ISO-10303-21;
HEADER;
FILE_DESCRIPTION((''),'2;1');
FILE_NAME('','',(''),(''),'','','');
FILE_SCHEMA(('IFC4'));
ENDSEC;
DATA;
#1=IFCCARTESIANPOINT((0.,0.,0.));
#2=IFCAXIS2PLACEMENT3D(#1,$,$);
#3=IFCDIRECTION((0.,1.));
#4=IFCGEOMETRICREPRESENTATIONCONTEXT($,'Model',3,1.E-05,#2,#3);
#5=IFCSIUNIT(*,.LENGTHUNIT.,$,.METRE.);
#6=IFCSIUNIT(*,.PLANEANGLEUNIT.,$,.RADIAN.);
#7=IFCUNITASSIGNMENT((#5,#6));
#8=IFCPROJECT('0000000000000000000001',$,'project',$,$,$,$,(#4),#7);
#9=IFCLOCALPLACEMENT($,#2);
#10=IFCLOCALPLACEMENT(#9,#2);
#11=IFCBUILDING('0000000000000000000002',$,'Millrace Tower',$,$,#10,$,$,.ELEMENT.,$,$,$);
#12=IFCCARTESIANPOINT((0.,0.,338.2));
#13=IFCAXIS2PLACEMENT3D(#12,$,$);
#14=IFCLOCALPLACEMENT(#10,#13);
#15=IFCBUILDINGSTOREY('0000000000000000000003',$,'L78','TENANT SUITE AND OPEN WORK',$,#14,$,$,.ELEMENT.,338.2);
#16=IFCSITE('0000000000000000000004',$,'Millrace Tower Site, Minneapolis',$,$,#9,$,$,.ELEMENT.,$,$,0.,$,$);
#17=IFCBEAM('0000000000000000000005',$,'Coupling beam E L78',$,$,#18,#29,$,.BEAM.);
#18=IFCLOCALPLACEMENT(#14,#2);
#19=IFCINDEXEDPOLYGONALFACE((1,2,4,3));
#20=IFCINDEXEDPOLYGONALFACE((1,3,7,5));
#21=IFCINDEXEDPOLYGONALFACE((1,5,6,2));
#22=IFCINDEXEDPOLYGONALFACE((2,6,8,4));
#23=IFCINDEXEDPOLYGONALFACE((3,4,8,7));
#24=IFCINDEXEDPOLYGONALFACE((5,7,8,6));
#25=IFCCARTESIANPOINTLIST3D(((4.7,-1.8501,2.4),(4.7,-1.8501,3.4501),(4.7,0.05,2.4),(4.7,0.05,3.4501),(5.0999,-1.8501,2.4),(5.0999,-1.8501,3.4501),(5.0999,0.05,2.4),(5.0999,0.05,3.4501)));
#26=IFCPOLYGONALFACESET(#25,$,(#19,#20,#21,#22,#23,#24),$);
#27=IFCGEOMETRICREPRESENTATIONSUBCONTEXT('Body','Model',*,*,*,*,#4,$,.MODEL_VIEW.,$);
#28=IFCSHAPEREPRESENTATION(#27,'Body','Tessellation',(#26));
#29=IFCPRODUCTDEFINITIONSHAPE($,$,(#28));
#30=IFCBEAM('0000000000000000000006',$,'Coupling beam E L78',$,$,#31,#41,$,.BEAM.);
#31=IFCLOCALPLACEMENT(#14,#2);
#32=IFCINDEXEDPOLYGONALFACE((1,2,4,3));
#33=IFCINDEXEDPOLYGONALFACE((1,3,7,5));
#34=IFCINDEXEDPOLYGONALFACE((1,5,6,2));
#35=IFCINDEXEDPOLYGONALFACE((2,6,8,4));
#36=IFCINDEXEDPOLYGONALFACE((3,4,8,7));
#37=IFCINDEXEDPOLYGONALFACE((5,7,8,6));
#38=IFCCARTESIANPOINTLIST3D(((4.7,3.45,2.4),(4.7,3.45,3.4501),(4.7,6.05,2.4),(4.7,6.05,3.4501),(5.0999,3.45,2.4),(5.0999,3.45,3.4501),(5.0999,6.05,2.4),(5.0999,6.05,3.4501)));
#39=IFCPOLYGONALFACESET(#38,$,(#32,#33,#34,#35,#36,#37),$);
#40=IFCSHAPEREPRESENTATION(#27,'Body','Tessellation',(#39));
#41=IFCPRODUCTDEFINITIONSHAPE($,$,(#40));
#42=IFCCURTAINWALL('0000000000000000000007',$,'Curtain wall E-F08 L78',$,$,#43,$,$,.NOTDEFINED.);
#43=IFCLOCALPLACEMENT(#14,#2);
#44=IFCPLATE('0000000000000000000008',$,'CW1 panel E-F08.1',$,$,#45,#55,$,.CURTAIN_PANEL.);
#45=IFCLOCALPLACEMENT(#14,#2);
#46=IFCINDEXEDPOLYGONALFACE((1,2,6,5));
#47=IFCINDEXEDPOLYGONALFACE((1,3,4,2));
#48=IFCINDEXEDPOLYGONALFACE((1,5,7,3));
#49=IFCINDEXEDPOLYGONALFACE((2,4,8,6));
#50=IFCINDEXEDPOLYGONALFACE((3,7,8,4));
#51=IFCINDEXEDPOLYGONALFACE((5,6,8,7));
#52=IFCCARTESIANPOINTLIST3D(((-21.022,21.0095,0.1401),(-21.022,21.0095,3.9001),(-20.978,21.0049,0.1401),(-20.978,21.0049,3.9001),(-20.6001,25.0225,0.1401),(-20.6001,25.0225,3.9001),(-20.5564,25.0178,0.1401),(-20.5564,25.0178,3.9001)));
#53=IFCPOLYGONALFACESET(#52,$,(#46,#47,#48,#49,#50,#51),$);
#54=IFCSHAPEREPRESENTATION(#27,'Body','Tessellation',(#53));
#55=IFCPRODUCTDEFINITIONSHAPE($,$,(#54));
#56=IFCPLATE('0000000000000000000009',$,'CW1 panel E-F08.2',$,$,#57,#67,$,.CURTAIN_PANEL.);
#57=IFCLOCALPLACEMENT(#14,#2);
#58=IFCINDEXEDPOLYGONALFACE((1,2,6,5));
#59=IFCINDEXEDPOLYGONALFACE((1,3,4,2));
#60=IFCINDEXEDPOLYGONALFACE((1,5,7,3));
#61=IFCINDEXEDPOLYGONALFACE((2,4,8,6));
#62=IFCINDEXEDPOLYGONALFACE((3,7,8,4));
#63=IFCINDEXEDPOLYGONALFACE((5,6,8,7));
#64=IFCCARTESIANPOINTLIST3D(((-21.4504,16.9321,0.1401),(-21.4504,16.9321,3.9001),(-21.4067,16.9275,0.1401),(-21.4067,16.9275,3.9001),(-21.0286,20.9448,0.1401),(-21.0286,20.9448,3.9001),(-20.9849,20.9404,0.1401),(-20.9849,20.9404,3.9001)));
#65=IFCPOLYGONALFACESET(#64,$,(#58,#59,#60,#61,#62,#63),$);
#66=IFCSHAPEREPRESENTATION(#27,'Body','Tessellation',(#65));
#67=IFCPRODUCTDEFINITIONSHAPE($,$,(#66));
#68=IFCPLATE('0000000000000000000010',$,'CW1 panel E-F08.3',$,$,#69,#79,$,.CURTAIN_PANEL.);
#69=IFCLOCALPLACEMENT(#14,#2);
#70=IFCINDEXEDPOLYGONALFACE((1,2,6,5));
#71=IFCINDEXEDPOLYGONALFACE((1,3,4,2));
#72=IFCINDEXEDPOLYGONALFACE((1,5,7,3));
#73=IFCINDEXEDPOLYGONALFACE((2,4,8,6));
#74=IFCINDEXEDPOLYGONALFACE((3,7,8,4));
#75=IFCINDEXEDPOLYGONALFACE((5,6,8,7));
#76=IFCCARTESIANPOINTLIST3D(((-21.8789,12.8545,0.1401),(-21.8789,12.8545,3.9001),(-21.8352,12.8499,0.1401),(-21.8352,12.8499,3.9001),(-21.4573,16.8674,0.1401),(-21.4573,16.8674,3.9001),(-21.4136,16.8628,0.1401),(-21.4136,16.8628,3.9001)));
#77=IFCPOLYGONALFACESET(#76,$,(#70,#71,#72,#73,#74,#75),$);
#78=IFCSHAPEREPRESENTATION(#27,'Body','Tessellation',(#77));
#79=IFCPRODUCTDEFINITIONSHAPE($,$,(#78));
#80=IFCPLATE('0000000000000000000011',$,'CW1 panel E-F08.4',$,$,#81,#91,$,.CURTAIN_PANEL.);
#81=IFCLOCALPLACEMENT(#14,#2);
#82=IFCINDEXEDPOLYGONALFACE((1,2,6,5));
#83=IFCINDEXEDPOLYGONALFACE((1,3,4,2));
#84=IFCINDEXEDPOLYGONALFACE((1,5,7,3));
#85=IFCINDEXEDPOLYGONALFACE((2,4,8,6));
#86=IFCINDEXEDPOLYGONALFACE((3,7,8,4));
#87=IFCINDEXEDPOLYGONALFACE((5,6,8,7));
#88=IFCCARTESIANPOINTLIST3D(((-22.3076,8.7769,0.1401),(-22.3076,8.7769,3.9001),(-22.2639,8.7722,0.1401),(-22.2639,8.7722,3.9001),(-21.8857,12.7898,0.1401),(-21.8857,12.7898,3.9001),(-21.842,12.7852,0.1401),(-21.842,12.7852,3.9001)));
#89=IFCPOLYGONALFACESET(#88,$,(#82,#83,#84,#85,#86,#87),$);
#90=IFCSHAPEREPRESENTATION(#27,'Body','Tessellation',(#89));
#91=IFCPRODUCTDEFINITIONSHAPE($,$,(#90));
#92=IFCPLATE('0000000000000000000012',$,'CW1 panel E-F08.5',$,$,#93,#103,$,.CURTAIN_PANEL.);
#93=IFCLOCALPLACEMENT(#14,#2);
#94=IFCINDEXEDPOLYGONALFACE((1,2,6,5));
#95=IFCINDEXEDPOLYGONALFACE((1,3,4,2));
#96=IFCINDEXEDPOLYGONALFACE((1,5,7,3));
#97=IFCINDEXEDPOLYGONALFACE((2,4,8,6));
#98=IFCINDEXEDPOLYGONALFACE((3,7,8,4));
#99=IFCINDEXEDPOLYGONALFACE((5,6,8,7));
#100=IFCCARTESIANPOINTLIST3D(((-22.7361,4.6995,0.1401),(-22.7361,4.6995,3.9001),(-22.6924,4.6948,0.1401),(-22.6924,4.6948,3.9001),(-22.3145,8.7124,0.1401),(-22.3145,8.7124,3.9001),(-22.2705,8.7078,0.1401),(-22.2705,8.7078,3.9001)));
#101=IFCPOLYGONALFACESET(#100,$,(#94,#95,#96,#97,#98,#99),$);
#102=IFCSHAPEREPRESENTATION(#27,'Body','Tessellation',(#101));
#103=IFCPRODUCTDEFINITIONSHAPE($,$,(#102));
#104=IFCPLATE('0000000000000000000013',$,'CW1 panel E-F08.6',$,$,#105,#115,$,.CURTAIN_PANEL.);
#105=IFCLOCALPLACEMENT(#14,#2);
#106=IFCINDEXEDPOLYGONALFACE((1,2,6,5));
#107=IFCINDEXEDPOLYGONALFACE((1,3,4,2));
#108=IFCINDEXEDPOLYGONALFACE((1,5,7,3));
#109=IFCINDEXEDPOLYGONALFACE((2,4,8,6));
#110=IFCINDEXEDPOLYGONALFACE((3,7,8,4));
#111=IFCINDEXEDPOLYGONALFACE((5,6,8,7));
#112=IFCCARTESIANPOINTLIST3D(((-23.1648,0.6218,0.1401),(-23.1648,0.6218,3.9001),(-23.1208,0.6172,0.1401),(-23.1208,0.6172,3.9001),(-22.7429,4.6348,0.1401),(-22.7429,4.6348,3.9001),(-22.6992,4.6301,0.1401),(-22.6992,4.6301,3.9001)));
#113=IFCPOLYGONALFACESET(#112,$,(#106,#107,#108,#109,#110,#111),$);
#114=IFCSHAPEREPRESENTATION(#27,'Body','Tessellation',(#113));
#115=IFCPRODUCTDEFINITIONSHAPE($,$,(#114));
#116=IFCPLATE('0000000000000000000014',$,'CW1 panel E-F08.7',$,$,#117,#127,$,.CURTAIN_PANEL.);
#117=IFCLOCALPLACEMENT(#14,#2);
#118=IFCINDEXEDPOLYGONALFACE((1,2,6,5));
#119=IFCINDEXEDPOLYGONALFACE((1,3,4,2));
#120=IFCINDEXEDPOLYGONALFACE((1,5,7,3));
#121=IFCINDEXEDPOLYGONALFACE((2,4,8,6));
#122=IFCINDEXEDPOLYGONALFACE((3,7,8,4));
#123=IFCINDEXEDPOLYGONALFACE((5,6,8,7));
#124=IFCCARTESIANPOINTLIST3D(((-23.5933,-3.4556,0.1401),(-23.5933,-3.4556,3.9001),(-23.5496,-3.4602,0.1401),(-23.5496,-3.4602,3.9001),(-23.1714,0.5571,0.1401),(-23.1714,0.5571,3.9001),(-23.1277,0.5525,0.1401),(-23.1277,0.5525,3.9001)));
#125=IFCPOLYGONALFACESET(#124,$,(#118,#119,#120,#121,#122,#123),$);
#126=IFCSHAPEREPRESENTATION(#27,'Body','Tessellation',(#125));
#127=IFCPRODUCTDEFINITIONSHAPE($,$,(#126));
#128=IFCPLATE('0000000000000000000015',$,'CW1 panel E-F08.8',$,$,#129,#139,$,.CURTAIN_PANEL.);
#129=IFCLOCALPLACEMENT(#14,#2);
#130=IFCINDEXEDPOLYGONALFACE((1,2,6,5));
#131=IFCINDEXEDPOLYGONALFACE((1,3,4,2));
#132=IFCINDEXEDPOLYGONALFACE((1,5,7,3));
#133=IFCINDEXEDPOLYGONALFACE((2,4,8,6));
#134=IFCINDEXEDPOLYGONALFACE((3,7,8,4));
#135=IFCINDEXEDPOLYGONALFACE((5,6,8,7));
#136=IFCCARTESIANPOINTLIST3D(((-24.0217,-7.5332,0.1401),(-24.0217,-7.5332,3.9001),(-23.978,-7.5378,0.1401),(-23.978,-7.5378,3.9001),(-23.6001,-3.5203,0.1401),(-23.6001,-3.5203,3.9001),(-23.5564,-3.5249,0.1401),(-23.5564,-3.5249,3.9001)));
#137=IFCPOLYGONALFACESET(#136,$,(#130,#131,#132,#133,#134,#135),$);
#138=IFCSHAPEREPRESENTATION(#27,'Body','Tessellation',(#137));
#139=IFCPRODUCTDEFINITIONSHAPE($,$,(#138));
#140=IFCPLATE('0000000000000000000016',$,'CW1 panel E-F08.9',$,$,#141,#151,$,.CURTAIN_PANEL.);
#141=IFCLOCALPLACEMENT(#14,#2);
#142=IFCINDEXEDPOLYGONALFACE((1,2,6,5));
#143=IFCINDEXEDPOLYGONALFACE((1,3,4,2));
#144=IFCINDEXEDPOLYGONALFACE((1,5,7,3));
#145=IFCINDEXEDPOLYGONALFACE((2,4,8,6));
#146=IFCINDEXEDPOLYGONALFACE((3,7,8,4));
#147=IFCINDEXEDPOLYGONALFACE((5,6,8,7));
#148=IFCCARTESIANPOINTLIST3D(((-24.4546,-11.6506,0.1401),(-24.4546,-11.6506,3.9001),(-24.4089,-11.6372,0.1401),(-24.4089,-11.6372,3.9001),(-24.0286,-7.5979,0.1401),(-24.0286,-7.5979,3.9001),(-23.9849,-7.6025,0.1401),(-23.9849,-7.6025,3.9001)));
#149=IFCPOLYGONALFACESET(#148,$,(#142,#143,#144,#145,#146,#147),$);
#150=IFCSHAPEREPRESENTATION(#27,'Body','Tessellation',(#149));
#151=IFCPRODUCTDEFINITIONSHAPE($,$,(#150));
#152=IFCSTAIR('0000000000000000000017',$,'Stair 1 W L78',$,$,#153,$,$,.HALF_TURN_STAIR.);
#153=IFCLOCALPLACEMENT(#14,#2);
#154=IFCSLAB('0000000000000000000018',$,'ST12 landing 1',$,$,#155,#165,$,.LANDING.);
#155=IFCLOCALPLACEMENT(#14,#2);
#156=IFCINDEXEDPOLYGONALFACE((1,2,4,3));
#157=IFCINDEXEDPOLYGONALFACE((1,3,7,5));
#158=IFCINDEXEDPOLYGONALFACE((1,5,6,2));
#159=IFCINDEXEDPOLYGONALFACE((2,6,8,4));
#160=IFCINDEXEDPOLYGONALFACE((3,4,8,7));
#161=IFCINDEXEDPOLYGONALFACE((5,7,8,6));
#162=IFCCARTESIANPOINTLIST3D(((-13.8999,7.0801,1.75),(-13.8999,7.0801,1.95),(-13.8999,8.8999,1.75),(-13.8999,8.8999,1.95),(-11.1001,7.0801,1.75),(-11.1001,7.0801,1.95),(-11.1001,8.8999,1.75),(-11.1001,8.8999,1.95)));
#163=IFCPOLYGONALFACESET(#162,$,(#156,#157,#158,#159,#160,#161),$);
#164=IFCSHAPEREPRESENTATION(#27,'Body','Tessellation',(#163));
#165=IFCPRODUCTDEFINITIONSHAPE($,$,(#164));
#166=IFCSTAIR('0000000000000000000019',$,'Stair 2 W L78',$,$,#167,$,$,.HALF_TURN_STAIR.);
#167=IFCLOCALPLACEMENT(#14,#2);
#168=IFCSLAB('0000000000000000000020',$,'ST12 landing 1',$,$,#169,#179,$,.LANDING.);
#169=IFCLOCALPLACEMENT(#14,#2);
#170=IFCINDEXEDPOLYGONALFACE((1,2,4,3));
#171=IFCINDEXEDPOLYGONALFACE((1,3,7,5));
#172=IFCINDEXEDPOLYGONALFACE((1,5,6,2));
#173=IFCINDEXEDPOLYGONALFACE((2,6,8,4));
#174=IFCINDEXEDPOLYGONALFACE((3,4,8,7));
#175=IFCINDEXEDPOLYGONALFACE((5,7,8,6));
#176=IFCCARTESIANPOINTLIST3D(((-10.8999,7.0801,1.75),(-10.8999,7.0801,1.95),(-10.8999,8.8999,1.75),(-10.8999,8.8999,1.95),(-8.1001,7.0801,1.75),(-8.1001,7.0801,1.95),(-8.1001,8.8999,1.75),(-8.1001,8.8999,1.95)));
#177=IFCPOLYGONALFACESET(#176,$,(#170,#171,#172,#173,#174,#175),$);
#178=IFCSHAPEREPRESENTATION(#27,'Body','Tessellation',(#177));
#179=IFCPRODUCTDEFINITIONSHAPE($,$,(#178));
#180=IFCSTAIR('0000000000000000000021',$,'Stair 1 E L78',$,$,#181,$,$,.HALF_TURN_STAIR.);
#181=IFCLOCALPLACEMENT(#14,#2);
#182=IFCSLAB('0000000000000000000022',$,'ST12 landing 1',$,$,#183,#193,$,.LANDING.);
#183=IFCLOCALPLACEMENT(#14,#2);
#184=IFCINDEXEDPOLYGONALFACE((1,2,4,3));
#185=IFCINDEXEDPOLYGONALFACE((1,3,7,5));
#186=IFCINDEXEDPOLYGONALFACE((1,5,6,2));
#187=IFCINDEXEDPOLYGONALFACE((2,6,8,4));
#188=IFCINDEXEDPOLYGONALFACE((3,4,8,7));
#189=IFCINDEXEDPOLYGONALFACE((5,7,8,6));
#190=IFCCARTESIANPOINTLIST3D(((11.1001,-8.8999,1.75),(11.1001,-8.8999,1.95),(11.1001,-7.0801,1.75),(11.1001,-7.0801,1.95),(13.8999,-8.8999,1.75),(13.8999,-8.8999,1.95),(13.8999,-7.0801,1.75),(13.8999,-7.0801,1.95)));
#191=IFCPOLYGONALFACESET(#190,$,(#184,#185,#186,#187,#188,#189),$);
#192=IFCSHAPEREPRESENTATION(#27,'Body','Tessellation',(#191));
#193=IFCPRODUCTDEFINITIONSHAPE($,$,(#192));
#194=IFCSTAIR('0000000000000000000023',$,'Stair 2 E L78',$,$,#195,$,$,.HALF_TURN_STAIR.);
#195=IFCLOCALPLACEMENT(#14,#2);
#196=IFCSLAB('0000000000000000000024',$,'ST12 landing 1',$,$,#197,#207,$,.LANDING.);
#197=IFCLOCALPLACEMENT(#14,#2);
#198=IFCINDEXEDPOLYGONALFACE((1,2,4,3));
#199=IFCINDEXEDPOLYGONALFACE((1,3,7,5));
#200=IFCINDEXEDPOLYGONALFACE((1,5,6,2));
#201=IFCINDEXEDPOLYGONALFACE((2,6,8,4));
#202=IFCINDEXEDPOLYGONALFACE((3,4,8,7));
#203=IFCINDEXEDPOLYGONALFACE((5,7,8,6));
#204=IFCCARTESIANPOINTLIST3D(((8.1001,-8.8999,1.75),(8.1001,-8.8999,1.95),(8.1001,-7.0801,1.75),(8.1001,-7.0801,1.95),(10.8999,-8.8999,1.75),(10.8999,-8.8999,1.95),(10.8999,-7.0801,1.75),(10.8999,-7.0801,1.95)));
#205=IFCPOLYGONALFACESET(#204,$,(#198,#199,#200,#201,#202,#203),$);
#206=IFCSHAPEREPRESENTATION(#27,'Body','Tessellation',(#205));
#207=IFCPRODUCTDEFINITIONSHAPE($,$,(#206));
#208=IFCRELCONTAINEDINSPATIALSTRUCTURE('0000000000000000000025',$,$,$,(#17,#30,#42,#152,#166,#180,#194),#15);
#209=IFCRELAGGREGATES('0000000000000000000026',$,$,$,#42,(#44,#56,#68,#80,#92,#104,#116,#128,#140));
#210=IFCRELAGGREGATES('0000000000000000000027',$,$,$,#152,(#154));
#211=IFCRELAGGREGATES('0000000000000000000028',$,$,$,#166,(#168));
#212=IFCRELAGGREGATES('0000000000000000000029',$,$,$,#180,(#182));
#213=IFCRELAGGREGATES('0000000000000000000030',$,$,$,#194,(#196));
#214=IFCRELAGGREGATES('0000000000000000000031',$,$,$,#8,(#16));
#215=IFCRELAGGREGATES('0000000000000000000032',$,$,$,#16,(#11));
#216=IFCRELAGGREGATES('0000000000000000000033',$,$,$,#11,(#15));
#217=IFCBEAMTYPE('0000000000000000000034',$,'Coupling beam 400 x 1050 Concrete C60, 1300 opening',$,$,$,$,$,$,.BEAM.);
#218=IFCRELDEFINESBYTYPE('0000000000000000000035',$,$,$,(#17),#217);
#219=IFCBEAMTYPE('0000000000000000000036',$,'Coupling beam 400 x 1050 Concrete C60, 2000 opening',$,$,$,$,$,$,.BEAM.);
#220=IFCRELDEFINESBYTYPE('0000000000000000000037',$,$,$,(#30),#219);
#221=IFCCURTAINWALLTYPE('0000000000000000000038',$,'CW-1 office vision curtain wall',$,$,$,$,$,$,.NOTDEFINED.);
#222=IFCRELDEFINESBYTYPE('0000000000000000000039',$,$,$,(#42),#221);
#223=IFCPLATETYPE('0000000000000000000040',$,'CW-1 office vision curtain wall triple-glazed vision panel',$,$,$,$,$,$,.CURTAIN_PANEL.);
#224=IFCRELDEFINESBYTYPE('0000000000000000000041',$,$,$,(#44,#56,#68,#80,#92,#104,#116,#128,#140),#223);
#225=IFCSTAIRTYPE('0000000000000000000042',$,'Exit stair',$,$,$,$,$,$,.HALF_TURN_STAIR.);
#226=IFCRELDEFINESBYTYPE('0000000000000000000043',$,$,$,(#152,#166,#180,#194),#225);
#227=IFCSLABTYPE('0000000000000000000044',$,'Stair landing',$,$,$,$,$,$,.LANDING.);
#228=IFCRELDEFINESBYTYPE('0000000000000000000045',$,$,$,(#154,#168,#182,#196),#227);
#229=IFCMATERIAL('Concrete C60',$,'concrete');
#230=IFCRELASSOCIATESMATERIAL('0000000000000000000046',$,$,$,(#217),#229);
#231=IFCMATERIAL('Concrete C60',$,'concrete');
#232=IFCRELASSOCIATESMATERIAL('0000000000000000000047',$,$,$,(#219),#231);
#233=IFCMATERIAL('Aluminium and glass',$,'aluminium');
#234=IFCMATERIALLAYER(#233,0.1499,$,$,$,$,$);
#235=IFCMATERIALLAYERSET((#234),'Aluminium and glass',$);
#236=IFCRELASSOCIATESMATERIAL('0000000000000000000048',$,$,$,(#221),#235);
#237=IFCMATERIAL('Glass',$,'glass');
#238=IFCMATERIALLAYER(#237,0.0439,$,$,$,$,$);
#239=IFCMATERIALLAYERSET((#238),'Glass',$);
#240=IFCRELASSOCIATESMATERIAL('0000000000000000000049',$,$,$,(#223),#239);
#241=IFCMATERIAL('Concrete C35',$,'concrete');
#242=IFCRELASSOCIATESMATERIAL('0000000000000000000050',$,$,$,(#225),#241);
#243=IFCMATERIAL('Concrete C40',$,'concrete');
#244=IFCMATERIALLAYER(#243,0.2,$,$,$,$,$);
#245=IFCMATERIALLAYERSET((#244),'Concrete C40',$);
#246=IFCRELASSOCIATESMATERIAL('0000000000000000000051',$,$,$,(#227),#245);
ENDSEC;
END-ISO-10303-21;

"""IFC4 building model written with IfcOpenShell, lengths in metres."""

from ifc_helpers import new_model, si_unit, direction, frame, origin, origin_2d, place, context, subcontext, project, spatial, polyline, rectangle, outline, extrude, material, layer, layer_set, material_profile, profile_set, type_object, element, aggregate, save


model = new_model("IFC4")

# Units and contexts
model_context = context("Model", 3, precision=1e-05, world=origin(), true_north=direction((0.0, 1.0)))
body_context = subcontext(model_context, "Body", "Model", "MODEL_VIEW")
ifc_project = project(units=[si_unit("LENGTHUNIT", "METRE"), si_unit("PLANEANGLEUNIT", "RADIAN")], contexts=[model_context])

# Site, building, storey
site_placement = place(None, origin())
site = spatial("IfcSite", under=ifc_project, at=site_placement, Name="Millrace Tower Site, Minneapolis", CompositionType="ELEMENT", RefElevation=0.0)
building_placement = place(site_placement, origin())
building = spatial("IfcBuilding", under=site, at=building_placement, Name="Millrace Tower", CompositionType="ELEMENT")
storey_placement = place(building_placement, frame((0.0, 0.0, 338.2)))
storey = spatial("IfcBuildingStorey", under=building, at=storey_placement, Name="L78", Description="TENANT SUITE AND OPEN WORK", CompositionType="ELEMENT", Elevation=338.2)

# Beams
ifc_material_1 = material(Name="Concrete C60", Category="concrete")
ifc_material_profile_1 = material_profile(ifc_material_1, rectangle(XDim=0.3999, YDim=1.05, at=origin_2d()))
ifc_profile_set_1 = profile_set([ifc_material_profile_1], Name="Concrete C60")
beam_type_1 = type_object("IfcBeamType", Name="Coupling beam 400 x 1050 Concrete C60, 1300 opening", PredefinedType="BEAM", material=ifc_profile_set_1)
beam_1_placement = place(storey_placement, frame((4.8999, 0.05, 2.925), z_axis=(0.0, -1.0, 0.0), x_axis=(1.0, 0.0, 0.0)))
element("IfcBeam", 1, at=beam_1_placement, inside=storey, type_object=beam_type_1, Name="Coupling beam E L78", PredefinedType="BEAM", context=body_context, shape_type="SweptSolid", body=[
    extrude(rectangle(XDim=0.3999, YDim=1.05, at=origin_2d()), origin(), (0.0, 0.0, 1.0), 1.9001),
])
ifc_material_2 = material(Name="Concrete C60", Category="concrete")
ifc_material_profile_2 = material_profile(ifc_material_2, rectangle(XDim=0.3999, YDim=1.05, at=origin_2d()))
ifc_profile_set_2 = profile_set([ifc_material_profile_2], Name="Concrete C60")
beam_type_2 = type_object("IfcBeamType", Name="Coupling beam 400 x 1050 Concrete C60, 2000 opening", PredefinedType="BEAM", material=ifc_profile_set_2)
beam_2_placement = place(storey_placement, frame((4.8999, 6.05, 2.925), z_axis=(0.0, -1.0, 0.0), x_axis=(1.0, 0.0, 0.0)))
element("IfcBeam", 2, at=beam_2_placement, inside=storey, type_object=beam_type_2, Name="Coupling beam E L78", PredefinedType="BEAM", context=body_context, shape_type="SweptSolid", body=[
    extrude(rectangle(XDim=0.3999, YDim=1.05, at=origin_2d()), origin(), (0.0, 0.0, 1.0), 2.6001),
])

# Curtain wall, plates
ifc_material_3 = material(Name="Aluminium and glass", Category="aluminium")
ifc_layer_1 = layer(ifc_material_3, 0.1499)
ifc_layer_set_1 = layer_set([ifc_layer_1], Name="Aluminium and glass")
curtain_wall_type = type_object("IfcCurtainWallType", Name="CW-1 office vision curtain wall", PredefinedType="NOTDEFINED", material=ifc_layer_set_1)
placement_1 = place(storey_placement, origin())
curtain_wall = element("IfcCurtainWall", 3, at=placement_1, inside=storey, type_object=curtain_wall_type, Name="Curtain wall E-F08 L78", PredefinedType="NOTDEFINED")
ifc_material_4 = material(Name="Glass", Category="glass")
ifc_layer_2 = layer(ifc_material_4, 0.0439)
ifc_layer_set_2 = layer_set([ifc_layer_2], Name="Glass")
plate_type = type_object("IfcPlateType", Name="CW-1 office vision curtain wall triple-glazed vision panel", PredefinedType="CURTAIN_PANEL", material=ifc_layer_set_2)
placement_2 = place(storey_placement, frame((0.0, 0.0, 0.1401)))
plate_1 = element("IfcPlate", 4, at=placement_2, type_object=plate_type, Name="CW1 panel E-F08.1", PredefinedType="CURTAIN_PANEL", context=body_context, shape_type="SweptSolid", body=[
    extrude(outline(polyline([(-20.6001, 25.0225), (-21.022, 21.0095), (-20.978, 21.0049), (-20.5564, 25.0178), (-20.6001, 25.0225)])), origin(), (0.0, 0.0, 1.0), 3.76),
])
plate_2 = element("IfcPlate", 5, at=placement_2, type_object=plate_type, Name="CW1 panel E-F08.2", PredefinedType="CURTAIN_PANEL", context=body_context, shape_type="SweptSolid", body=[
    extrude(outline(polyline([(-21.0286, 20.9448), (-21.4504, 16.9321), (-21.4067, 16.9275), (-20.9849, 20.9404), (-21.0286, 20.9448)])), origin(), (0.0, 0.0, 1.0), 3.76),
])
plate_3 = element("IfcPlate", 6, at=placement_2, type_object=plate_type, Name="CW1 panel E-F08.3", PredefinedType="CURTAIN_PANEL", context=body_context, shape_type="SweptSolid", body=[
    extrude(outline(polyline([(-21.4573, 16.8674), (-21.8789, 12.8545), (-21.8352, 12.8499), (-21.4136, 16.8628), (-21.4573, 16.8674)])), origin(), (0.0, 0.0, 1.0), 3.76),
])
plate_4 = element("IfcPlate", 7, at=placement_2, type_object=plate_type, Name="CW1 panel E-F08.4", PredefinedType="CURTAIN_PANEL", context=body_context, shape_type="SweptSolid", body=[
    extrude(outline(polyline([(-21.8857, 12.7898), (-22.3076, 8.7769), (-22.2639, 8.7722), (-21.842, 12.7852), (-21.8857, 12.7898)])), origin(), (0.0, 0.0, 1.0), 3.76),
])
plate_5 = element("IfcPlate", 8, at=placement_2, type_object=plate_type, Name="CW1 panel E-F08.5", PredefinedType="CURTAIN_PANEL", context=body_context, shape_type="SweptSolid", body=[
    extrude(outline(polyline([(-22.3145, 8.7124), (-22.7361, 4.6995), (-22.6924, 4.6948), (-22.2705, 8.7078), (-22.3145, 8.7124)])), origin(), (0.0, 0.0, 1.0), 3.76),
])
plate_6 = element("IfcPlate", 9, at=placement_2, type_object=plate_type, Name="CW1 panel E-F08.6", PredefinedType="CURTAIN_PANEL", context=body_context, shape_type="SweptSolid", body=[
    extrude(outline(polyline([(-22.7429, 4.6348), (-23.1648, 0.6218), (-23.1208, 0.6172), (-22.6992, 4.6301), (-22.7429, 4.6348)])), origin(), (0.0, 0.0, 1.0), 3.76),
])
plate_7 = element("IfcPlate", 10, at=placement_2, type_object=plate_type, Name="CW1 panel E-F08.7", PredefinedType="CURTAIN_PANEL", context=body_context, shape_type="SweptSolid", body=[
    extrude(outline(polyline([(-23.1714, 0.5571), (-23.5933, -3.4556), (-23.5496, -3.4602), (-23.1277, 0.5525), (-23.1714, 0.5571)])), origin(), (0.0, 0.0, 1.0), 3.76),
])
plate_8 = element("IfcPlate", 11, at=placement_2, type_object=plate_type, Name="CW1 panel E-F08.8", PredefinedType="CURTAIN_PANEL", context=body_context, shape_type="SweptSolid", body=[
    extrude(outline(polyline([(-23.6001, -3.5203), (-24.0217, -7.5332), (-23.978, -7.5378), (-23.5564, -3.5249), (-23.6001, -3.5203)])), origin(), (0.0, 0.0, 1.0), 3.76),
])
plate_9 = element("IfcPlate", 12, at=placement_2, type_object=plate_type, Name="CW1 panel E-F08.9", PredefinedType="CURTAIN_PANEL", context=body_context, shape_type="SweptSolid", body=[
    extrude(outline(polyline([(-24.0286, -7.5979), (-24.4546, -11.6506), (-24.4089, -11.6372), (-23.9849, -7.6025), (-24.0286, -7.5979)])), origin(), (0.0, 0.0, 1.0), 3.76),
])
aggregate(curtain_wall, [plate_1, plate_2, plate_3, plate_4, plate_5, plate_6, plate_7, plate_8, plate_9])

# Stairs, slabs
ifc_material_5 = material(Name="Concrete C35", Category="concrete")
stair_type = type_object("IfcStairType", Name="Exit stair", PredefinedType="HALF_TURN_STAIR", material=ifc_material_5)
stair_1 = element("IfcStair", 13, at=placement_1, inside=storey, type_object=stair_type, Name="Stair 1 W L78", PredefinedType="HALF_TURN_STAIR")
ifc_material_6 = material(Name="Concrete C40", Category="concrete")
ifc_layer_3 = layer(ifc_material_6, 0.2)
ifc_layer_set_3 = layer_set([ifc_layer_3], Name="Concrete C40")
slab_type = type_object("IfcSlabType", Name="Stair landing", PredefinedType="LANDING", material=ifc_layer_set_3)
placement_3 = place(storey_placement, frame((0.0, 0.0, 1.75)))
slab_1 = element("IfcSlab", 14, at=placement_3, type_object=slab_type, Name="ST12 landing 1", PredefinedType="LANDING", context=body_context, shape_type="SweptSolid", body=[
    extrude(outline(polyline([(-13.8999, 7.0801), (-11.1001, 7.0801), (-11.1001, 8.8999), (-13.8999, 8.8999), (-13.8999, 7.0801)])), origin(), (0.0, 0.0, 1.0), 0.2),
])
aggregate(stair_1, [slab_1])
stair_2 = element("IfcStair", 15, at=placement_1, inside=storey, type_object=stair_type, Name="Stair 2 W L78", PredefinedType="HALF_TURN_STAIR")
slab_2 = element("IfcSlab", 16, at=placement_3, type_object=slab_type, Name="ST12 landing 1", PredefinedType="LANDING", context=body_context, shape_type="SweptSolid", body=[
    extrude(outline(polyline([(-10.8999, 7.0801), (-8.1001, 7.0801), (-8.1001, 8.8999), (-10.8999, 8.8999), (-10.8999, 7.0801)])), origin(), (0.0, 0.0, 1.0), 0.2),
])
aggregate(stair_2, [slab_2])
stair_3 = element("IfcStair", 17, at=placement_1, inside=storey, type_object=stair_type, Name="Stair 1 E L78", PredefinedType="HALF_TURN_STAIR")
slab_3 = element("IfcSlab", 18, at=placement_3, type_object=slab_type, Name="ST12 landing 1", PredefinedType="LANDING", context=body_context, shape_type="SweptSolid", body=[
    extrude(outline(polyline([(11.1001, -8.8999), (13.8999, -8.8999), (13.8999, -7.0801), (11.1001, -7.0801), (11.1001, -8.8999)])), origin(), (0.0, 0.0, 1.0), 0.2),
])
aggregate(stair_3, [slab_3])
stair_4 = element("IfcStair", 19, at=placement_1, inside=storey, type_object=stair_type, Name="Stair 2 E L78", PredefinedType="HALF_TURN_STAIR")
slab_4 = element("IfcSlab", 20, at=placement_3, type_object=slab_type, Name="ST12 landing 1", PredefinedType="LANDING", context=body_context, shape_type="SweptSolid", body=[
    extrude(outline(polyline([(8.1001, -8.8999), (10.8999, -8.8999), (10.8999, -7.0801), (8.1001, -7.0801), (8.1001, -8.8999)])), origin(), (0.0, 0.0, 1.0), 0.2),
])
aggregate(stair_4, [slab_4])

save(model, "model.ifc")
